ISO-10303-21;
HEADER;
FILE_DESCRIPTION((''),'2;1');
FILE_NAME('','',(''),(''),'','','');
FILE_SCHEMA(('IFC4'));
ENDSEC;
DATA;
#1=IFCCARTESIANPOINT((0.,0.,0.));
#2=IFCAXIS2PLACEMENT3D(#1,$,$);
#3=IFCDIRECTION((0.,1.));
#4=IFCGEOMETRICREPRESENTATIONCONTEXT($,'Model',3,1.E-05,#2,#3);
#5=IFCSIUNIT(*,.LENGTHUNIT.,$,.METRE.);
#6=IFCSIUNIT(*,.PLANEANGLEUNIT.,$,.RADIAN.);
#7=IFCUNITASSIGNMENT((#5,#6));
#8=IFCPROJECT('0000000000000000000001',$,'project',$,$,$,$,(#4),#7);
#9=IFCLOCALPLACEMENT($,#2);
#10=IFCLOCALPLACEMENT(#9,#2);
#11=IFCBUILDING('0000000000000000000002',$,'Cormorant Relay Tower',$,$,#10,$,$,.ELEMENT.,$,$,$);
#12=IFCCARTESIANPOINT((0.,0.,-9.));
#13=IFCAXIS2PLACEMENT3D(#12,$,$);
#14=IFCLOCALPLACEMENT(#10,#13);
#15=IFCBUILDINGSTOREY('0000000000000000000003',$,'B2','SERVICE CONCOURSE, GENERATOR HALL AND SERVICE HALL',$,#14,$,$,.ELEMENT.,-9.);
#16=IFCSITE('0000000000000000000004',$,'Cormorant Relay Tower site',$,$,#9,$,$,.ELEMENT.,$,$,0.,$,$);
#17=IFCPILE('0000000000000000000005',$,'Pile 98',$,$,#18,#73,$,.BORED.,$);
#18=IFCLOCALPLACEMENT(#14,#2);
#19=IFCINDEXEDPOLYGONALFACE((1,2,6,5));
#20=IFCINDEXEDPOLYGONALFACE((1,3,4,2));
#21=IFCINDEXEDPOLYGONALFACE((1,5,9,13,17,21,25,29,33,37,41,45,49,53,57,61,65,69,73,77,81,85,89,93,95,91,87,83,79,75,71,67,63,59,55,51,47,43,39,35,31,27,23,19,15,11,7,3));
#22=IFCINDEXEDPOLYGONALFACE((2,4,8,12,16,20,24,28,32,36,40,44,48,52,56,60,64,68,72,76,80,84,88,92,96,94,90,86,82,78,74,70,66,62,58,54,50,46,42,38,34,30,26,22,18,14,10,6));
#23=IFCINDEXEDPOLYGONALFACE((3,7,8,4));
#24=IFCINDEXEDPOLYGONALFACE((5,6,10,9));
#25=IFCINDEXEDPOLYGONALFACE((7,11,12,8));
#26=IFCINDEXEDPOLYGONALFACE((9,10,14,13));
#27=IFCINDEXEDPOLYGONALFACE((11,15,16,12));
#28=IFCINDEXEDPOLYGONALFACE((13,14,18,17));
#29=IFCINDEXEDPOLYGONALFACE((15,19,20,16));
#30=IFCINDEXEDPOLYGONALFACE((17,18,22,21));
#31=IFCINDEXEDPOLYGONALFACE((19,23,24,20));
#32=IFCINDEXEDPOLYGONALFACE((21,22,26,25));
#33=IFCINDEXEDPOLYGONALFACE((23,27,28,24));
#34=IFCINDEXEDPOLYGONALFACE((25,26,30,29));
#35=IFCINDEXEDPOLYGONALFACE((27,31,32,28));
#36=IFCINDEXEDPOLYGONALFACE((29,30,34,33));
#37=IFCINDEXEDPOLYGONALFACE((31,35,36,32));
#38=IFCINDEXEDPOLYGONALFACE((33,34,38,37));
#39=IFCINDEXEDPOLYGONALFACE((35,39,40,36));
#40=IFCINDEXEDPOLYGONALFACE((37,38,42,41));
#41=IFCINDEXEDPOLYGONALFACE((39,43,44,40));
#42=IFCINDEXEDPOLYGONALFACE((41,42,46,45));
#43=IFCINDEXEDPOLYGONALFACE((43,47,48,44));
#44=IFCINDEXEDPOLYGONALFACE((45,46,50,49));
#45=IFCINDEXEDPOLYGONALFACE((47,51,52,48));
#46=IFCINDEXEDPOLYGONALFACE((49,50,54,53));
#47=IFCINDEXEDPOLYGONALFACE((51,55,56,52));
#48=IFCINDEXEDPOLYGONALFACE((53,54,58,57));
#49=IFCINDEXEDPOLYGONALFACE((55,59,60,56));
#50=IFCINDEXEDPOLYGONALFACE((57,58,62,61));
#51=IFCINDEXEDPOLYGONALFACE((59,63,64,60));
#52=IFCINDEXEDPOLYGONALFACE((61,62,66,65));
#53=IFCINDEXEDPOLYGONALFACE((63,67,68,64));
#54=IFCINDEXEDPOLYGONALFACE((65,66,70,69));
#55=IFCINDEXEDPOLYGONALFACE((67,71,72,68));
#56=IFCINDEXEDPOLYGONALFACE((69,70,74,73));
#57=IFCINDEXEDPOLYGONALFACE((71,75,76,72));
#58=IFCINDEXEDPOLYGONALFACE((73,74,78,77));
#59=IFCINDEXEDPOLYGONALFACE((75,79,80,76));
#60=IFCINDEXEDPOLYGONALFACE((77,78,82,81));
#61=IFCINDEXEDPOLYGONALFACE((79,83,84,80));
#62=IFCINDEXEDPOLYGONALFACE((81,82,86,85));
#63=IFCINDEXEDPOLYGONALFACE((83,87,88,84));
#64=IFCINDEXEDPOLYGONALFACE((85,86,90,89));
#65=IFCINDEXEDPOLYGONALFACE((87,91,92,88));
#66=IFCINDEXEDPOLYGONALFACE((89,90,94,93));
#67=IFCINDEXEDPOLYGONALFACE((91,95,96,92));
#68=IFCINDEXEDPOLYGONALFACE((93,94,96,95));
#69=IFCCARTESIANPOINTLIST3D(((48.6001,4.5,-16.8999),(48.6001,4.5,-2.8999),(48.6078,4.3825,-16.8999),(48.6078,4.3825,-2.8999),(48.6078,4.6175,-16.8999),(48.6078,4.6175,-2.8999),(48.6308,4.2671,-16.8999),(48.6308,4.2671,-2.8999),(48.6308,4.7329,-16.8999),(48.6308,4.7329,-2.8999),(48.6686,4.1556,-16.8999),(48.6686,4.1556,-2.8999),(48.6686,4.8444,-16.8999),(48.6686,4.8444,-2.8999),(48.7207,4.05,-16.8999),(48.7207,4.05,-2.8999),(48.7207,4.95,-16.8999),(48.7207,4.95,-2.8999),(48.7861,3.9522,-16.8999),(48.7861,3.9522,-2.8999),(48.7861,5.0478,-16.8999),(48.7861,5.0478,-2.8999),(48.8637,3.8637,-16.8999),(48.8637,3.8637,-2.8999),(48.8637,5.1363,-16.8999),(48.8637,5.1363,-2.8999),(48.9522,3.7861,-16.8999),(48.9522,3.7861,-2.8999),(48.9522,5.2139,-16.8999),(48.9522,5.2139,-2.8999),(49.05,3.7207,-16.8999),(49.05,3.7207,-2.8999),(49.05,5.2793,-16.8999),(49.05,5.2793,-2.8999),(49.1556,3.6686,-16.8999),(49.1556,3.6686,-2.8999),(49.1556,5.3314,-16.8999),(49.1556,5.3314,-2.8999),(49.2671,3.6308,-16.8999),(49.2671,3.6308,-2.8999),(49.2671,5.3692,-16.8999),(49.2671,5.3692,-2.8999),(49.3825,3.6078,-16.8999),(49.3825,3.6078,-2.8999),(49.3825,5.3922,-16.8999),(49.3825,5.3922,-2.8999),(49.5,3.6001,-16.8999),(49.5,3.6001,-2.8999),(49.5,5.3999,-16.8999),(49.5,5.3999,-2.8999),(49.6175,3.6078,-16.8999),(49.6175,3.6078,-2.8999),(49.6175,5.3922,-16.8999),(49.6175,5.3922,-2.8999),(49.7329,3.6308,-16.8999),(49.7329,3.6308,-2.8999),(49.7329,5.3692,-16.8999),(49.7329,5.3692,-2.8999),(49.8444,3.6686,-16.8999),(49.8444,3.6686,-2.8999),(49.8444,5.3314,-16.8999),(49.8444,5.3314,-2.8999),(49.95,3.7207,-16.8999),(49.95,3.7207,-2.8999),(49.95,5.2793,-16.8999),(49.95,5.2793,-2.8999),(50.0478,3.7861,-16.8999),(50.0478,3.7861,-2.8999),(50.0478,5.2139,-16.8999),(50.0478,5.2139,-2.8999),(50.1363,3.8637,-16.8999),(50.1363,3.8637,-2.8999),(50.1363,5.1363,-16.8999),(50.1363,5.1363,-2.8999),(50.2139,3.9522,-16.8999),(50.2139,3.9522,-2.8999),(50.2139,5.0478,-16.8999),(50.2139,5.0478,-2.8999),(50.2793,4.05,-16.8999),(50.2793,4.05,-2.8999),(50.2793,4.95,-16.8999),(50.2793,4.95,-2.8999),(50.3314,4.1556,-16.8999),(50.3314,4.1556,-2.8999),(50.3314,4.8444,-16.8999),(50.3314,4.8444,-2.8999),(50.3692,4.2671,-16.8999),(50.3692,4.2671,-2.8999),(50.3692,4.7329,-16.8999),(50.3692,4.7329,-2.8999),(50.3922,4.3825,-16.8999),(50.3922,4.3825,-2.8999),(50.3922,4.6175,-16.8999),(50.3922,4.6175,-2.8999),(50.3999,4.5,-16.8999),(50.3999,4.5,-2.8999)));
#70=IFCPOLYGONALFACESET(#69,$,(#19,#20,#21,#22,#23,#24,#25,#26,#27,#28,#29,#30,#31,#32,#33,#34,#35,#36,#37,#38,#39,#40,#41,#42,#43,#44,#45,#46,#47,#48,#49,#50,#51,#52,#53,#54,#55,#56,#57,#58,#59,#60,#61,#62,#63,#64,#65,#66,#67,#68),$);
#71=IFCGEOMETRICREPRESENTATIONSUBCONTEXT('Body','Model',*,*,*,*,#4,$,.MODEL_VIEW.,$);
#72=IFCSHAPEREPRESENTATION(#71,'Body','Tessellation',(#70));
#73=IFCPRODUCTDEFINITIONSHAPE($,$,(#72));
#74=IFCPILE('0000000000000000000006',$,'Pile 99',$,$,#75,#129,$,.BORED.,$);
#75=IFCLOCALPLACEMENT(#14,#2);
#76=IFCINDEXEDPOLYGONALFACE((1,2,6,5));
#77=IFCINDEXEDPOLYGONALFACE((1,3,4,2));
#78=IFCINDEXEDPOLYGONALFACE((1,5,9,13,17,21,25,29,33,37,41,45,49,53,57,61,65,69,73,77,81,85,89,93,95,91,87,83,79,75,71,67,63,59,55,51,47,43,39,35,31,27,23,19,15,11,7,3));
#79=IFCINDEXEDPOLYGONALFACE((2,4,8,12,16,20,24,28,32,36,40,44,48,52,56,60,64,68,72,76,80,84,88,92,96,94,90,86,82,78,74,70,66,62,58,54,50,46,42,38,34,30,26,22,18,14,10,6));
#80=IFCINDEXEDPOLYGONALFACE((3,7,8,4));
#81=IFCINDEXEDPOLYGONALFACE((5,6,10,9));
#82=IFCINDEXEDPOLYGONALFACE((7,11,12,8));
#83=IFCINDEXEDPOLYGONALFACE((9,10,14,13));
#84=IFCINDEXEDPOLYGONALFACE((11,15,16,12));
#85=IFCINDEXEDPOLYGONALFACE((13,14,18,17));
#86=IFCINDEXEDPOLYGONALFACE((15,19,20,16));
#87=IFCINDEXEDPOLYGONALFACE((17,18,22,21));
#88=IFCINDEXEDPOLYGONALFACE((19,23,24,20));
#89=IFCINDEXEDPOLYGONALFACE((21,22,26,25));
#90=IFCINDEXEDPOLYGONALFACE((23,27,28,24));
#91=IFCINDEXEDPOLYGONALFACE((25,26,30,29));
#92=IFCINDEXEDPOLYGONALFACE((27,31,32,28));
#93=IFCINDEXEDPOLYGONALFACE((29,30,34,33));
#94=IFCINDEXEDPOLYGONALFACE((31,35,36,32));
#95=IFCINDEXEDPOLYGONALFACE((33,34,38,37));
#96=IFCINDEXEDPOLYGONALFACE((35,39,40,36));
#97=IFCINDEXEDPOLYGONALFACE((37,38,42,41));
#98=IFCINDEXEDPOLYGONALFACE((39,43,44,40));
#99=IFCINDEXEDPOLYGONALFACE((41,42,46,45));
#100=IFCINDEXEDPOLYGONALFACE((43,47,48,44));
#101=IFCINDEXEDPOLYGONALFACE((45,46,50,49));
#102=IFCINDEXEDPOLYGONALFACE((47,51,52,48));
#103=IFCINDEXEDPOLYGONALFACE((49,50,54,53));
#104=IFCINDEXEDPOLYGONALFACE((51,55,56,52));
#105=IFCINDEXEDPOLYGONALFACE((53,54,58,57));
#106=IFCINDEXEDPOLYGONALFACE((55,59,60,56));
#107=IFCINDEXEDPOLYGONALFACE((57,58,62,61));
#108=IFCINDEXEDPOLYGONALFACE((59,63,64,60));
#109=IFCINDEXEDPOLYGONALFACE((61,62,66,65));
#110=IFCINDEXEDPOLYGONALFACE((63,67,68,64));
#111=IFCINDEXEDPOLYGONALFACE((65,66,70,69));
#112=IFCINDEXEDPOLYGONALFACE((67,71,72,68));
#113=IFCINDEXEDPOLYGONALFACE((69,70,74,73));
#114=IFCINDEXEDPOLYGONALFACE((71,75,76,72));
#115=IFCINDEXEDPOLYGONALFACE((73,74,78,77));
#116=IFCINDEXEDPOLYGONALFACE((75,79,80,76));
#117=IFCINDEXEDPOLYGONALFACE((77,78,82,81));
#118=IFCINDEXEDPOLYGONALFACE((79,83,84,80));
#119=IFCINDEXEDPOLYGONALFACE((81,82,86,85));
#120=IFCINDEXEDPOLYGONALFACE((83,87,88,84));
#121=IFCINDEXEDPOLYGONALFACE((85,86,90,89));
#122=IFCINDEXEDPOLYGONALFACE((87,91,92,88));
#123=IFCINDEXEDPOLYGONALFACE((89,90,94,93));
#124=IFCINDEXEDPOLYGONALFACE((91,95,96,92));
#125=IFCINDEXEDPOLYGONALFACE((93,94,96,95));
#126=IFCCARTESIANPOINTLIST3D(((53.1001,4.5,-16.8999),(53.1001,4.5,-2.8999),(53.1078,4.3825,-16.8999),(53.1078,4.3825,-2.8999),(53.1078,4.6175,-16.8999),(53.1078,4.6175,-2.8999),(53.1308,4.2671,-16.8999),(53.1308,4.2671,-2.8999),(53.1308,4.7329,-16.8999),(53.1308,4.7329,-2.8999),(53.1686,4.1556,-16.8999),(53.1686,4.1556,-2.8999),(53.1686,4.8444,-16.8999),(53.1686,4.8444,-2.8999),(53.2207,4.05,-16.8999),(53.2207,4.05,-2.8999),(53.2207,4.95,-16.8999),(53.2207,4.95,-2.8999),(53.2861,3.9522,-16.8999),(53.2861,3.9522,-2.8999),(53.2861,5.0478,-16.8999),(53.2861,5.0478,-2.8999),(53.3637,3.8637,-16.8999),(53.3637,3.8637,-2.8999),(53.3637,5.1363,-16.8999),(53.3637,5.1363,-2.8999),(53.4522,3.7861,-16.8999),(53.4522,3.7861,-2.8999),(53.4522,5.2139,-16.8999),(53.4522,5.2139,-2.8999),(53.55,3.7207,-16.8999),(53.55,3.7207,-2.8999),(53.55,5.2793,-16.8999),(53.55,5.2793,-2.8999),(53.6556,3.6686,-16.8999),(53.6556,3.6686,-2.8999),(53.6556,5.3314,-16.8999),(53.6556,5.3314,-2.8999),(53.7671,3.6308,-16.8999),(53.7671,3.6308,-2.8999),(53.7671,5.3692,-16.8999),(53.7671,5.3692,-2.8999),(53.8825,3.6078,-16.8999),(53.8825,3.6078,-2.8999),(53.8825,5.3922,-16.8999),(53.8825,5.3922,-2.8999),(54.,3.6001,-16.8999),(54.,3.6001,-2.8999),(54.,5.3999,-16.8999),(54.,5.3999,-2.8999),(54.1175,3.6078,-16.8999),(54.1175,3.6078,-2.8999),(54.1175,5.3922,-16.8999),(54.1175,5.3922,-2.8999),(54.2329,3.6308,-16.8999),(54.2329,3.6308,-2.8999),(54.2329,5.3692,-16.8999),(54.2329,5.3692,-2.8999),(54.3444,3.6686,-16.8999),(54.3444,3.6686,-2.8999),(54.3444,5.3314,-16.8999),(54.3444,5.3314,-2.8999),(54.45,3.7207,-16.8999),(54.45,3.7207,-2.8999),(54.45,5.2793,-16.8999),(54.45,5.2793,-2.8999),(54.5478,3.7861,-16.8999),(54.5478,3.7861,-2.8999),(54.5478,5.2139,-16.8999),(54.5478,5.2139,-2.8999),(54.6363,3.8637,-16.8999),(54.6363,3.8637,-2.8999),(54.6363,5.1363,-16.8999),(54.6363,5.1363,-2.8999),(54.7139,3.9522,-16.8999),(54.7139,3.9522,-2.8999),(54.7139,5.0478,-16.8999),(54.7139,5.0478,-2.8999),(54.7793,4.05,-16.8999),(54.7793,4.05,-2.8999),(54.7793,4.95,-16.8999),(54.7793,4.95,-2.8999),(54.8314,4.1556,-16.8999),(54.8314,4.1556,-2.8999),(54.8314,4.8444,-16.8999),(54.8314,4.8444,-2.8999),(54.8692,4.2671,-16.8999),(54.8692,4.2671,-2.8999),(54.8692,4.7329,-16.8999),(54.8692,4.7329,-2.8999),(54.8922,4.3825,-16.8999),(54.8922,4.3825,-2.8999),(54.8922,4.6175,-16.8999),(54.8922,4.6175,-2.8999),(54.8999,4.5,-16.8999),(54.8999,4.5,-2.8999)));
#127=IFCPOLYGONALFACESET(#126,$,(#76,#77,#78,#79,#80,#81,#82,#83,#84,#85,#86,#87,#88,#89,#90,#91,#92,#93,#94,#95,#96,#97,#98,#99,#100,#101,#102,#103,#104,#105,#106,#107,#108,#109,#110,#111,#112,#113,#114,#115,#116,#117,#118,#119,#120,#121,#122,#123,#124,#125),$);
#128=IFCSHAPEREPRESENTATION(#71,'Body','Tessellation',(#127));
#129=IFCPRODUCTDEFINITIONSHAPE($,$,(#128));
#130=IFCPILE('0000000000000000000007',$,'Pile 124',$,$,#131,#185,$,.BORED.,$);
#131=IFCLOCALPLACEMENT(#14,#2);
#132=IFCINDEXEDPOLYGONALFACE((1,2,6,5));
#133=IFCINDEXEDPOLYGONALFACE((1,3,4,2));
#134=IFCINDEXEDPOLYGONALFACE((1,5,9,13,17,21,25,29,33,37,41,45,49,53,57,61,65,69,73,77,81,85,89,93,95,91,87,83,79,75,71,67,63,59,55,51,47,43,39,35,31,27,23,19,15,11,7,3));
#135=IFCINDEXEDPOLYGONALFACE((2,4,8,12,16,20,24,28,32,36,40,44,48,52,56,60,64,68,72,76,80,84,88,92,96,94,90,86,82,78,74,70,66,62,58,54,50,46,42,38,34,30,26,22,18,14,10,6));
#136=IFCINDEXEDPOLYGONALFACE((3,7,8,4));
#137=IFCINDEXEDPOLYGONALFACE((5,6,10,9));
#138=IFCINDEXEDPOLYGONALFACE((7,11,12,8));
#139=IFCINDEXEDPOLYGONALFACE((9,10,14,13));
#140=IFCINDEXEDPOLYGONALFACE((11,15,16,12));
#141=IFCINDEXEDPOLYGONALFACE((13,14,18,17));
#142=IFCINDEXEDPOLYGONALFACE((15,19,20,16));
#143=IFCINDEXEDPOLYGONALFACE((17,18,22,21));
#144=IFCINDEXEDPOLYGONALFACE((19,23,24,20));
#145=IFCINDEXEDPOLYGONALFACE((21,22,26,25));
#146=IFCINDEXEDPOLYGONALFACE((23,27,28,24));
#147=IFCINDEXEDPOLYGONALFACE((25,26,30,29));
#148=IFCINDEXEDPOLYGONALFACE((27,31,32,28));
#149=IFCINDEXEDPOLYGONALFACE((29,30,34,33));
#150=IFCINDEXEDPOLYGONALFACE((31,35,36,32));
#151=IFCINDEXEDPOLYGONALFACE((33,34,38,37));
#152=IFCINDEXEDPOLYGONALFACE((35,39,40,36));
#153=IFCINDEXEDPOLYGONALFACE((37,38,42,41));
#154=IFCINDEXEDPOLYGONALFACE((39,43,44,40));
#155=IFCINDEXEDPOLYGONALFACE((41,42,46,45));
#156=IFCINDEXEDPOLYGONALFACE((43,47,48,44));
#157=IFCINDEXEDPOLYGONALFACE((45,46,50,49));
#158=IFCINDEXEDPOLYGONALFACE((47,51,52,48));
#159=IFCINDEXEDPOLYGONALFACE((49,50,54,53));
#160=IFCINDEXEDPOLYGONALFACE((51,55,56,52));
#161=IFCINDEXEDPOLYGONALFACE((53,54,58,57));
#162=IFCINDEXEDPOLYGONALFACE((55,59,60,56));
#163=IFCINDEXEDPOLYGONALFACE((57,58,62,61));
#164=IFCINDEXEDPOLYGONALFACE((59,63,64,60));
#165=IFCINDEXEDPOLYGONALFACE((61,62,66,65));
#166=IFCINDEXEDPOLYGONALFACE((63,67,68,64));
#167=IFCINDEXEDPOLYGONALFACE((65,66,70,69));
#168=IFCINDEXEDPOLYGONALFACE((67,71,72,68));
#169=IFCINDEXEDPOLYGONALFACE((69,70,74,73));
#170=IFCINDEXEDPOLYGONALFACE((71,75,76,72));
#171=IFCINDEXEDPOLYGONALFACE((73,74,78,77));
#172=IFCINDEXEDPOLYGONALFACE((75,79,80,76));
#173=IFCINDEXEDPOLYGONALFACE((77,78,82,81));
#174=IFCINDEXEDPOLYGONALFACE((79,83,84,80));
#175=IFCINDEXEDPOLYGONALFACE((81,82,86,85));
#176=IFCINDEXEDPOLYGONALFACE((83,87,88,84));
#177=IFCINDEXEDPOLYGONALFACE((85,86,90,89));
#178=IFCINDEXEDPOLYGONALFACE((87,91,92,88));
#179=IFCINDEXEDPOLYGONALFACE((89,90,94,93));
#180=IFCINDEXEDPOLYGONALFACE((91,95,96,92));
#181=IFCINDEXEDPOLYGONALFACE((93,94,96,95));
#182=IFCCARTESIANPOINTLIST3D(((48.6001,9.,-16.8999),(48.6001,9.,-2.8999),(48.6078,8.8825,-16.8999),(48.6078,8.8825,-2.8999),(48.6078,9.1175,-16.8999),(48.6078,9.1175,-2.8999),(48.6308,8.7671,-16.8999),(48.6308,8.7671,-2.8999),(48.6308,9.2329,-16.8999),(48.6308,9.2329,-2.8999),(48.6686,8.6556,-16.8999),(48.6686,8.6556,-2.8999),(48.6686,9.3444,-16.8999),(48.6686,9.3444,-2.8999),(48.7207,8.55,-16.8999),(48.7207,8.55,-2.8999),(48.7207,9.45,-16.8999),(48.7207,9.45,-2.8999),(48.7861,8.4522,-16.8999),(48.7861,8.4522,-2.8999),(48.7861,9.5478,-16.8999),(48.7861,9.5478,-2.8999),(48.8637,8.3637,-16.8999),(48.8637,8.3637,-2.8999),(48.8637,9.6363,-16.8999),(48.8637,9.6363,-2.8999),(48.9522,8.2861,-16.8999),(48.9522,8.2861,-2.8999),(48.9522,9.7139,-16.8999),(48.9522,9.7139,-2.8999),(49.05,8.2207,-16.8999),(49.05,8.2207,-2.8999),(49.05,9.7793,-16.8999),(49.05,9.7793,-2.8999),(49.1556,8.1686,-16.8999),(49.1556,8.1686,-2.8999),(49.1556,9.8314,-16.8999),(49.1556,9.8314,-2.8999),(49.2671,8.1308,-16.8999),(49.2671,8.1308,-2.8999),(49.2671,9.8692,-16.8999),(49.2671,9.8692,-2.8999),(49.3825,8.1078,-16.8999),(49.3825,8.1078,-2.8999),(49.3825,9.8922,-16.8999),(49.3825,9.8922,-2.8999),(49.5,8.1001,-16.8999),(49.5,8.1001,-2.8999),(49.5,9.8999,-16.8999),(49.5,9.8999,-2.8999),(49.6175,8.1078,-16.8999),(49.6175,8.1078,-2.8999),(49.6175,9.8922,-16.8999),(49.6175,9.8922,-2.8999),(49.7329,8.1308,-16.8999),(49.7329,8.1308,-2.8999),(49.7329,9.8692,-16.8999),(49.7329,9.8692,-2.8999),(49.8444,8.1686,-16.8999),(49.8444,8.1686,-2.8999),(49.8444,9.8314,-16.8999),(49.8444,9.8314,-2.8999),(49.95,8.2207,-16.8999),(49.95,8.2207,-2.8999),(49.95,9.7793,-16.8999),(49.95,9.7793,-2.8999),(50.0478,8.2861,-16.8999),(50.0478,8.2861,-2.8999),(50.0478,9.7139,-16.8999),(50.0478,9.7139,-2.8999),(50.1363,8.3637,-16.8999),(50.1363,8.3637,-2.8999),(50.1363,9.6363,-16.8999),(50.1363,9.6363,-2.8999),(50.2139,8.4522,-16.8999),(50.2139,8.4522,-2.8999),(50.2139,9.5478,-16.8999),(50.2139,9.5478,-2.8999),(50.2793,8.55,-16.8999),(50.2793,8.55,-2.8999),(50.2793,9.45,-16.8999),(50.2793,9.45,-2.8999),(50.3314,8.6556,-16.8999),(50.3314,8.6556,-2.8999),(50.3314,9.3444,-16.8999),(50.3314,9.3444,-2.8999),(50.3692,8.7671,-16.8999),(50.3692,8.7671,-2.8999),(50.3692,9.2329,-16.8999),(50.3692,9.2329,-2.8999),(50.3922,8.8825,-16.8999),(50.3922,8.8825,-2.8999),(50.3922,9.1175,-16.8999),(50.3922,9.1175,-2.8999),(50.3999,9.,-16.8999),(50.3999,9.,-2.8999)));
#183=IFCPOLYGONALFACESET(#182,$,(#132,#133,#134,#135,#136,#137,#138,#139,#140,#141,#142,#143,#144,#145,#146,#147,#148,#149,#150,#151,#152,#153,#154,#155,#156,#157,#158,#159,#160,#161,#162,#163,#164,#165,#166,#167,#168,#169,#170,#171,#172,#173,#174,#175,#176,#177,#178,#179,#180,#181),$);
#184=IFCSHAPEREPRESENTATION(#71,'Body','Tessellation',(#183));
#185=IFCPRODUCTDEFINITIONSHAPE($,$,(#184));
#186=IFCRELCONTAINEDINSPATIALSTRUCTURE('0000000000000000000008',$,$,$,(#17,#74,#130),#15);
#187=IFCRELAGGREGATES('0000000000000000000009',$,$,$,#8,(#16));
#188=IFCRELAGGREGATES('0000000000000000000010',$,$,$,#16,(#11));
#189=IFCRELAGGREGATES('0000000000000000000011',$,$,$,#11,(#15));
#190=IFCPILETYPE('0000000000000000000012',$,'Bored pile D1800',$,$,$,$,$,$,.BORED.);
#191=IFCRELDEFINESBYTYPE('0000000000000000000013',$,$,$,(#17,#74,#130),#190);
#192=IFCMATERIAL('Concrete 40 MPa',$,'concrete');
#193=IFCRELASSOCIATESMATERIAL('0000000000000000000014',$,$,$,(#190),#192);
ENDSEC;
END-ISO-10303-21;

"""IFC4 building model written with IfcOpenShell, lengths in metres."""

from ifc_helpers import new_model, si_unit, direction, frame, origin, origin_2d, place, context, subcontext, project, spatial, circle, extrude, material, material_profile, profile_set, type_object, element, save


model = new_model("IFC4")

# Units and contexts
model_context = context("Model", 3, precision=1e-05, world=origin(), true_north=direction((0.0, 1.0)))
body_context = subcontext(model_context, "Body", "Model", "MODEL_VIEW")
ifc_project = project(units=[si_unit("LENGTHUNIT", "METRE"), si_unit("PLANEANGLEUNIT", "RADIAN")], contexts=[model_context])

# Site, building, storey
site_placement = place(None, origin())
site = spatial("IfcSite", under=ifc_project, at=site_placement, Name="Cormorant Relay Tower site", CompositionType="ELEMENT", RefElevation=0.0)
building_placement = place(site_placement, origin())
building = spatial("IfcBuilding", under=site, at=building_placement, Name="Cormorant Relay Tower", CompositionType="ELEMENT")
storey_placement = place(building_placement, frame((0.0, 0.0, -9.0)))
storey = spatial("IfcBuildingStorey", under=building, at=storey_placement, Name="B2", Description="SERVICE CONCOURSE, GENERATOR HALL AND SERVICE HALL", CompositionType="ELEMENT", Elevation=-9.0)

# Piles
ifc_material_1 = material(Name="Concrete 40 MPa", Category="concrete")
ifc_material_profile_1 = material_profile(ifc_material_1, circle(Radius=0.8999, at=origin_2d()), Name="BP1800")
ifc_profile_set_1 = profile_set([ifc_material_profile_1], Name="Concrete 40 MPa")
pile_type = type_object("IfcPileType", Name="Bored pile D1800", PredefinedType="BORED", material=ifc_profile_set_1)
for number, where, z_axis, x_axis, name in (
    (1, (49.5, 4.5, -2.8999), (0.0, 0.0, -1.0), (1.0, 0.0, 0.0), "Pile 98"),
    (2, (54.0, 4.5, -2.8999), (0.0, 0.0, -1.0), (1.0, 0.0, 0.0), "Pile 99"),
    (3, (49.5, 9.0, -2.8999), (0.0, 0.0, -1.0), (1.0, 0.0, 0.0), "Pile 124"),
):
    element("IfcPile", number, at=place(storey_placement, frame(where, z_axis=z_axis, x_axis=x_axis)), inside=storey, type_object=pile_type, Name=name, PredefinedType="BORED", context=body_context, shape_type="SweptSolid", body=[
        extrude(circle(Radius=0.8999, at=origin_2d()), origin(), (0.0, 0.0, 1.0), 14.0),
    ])

save(model, "model.ifc")
